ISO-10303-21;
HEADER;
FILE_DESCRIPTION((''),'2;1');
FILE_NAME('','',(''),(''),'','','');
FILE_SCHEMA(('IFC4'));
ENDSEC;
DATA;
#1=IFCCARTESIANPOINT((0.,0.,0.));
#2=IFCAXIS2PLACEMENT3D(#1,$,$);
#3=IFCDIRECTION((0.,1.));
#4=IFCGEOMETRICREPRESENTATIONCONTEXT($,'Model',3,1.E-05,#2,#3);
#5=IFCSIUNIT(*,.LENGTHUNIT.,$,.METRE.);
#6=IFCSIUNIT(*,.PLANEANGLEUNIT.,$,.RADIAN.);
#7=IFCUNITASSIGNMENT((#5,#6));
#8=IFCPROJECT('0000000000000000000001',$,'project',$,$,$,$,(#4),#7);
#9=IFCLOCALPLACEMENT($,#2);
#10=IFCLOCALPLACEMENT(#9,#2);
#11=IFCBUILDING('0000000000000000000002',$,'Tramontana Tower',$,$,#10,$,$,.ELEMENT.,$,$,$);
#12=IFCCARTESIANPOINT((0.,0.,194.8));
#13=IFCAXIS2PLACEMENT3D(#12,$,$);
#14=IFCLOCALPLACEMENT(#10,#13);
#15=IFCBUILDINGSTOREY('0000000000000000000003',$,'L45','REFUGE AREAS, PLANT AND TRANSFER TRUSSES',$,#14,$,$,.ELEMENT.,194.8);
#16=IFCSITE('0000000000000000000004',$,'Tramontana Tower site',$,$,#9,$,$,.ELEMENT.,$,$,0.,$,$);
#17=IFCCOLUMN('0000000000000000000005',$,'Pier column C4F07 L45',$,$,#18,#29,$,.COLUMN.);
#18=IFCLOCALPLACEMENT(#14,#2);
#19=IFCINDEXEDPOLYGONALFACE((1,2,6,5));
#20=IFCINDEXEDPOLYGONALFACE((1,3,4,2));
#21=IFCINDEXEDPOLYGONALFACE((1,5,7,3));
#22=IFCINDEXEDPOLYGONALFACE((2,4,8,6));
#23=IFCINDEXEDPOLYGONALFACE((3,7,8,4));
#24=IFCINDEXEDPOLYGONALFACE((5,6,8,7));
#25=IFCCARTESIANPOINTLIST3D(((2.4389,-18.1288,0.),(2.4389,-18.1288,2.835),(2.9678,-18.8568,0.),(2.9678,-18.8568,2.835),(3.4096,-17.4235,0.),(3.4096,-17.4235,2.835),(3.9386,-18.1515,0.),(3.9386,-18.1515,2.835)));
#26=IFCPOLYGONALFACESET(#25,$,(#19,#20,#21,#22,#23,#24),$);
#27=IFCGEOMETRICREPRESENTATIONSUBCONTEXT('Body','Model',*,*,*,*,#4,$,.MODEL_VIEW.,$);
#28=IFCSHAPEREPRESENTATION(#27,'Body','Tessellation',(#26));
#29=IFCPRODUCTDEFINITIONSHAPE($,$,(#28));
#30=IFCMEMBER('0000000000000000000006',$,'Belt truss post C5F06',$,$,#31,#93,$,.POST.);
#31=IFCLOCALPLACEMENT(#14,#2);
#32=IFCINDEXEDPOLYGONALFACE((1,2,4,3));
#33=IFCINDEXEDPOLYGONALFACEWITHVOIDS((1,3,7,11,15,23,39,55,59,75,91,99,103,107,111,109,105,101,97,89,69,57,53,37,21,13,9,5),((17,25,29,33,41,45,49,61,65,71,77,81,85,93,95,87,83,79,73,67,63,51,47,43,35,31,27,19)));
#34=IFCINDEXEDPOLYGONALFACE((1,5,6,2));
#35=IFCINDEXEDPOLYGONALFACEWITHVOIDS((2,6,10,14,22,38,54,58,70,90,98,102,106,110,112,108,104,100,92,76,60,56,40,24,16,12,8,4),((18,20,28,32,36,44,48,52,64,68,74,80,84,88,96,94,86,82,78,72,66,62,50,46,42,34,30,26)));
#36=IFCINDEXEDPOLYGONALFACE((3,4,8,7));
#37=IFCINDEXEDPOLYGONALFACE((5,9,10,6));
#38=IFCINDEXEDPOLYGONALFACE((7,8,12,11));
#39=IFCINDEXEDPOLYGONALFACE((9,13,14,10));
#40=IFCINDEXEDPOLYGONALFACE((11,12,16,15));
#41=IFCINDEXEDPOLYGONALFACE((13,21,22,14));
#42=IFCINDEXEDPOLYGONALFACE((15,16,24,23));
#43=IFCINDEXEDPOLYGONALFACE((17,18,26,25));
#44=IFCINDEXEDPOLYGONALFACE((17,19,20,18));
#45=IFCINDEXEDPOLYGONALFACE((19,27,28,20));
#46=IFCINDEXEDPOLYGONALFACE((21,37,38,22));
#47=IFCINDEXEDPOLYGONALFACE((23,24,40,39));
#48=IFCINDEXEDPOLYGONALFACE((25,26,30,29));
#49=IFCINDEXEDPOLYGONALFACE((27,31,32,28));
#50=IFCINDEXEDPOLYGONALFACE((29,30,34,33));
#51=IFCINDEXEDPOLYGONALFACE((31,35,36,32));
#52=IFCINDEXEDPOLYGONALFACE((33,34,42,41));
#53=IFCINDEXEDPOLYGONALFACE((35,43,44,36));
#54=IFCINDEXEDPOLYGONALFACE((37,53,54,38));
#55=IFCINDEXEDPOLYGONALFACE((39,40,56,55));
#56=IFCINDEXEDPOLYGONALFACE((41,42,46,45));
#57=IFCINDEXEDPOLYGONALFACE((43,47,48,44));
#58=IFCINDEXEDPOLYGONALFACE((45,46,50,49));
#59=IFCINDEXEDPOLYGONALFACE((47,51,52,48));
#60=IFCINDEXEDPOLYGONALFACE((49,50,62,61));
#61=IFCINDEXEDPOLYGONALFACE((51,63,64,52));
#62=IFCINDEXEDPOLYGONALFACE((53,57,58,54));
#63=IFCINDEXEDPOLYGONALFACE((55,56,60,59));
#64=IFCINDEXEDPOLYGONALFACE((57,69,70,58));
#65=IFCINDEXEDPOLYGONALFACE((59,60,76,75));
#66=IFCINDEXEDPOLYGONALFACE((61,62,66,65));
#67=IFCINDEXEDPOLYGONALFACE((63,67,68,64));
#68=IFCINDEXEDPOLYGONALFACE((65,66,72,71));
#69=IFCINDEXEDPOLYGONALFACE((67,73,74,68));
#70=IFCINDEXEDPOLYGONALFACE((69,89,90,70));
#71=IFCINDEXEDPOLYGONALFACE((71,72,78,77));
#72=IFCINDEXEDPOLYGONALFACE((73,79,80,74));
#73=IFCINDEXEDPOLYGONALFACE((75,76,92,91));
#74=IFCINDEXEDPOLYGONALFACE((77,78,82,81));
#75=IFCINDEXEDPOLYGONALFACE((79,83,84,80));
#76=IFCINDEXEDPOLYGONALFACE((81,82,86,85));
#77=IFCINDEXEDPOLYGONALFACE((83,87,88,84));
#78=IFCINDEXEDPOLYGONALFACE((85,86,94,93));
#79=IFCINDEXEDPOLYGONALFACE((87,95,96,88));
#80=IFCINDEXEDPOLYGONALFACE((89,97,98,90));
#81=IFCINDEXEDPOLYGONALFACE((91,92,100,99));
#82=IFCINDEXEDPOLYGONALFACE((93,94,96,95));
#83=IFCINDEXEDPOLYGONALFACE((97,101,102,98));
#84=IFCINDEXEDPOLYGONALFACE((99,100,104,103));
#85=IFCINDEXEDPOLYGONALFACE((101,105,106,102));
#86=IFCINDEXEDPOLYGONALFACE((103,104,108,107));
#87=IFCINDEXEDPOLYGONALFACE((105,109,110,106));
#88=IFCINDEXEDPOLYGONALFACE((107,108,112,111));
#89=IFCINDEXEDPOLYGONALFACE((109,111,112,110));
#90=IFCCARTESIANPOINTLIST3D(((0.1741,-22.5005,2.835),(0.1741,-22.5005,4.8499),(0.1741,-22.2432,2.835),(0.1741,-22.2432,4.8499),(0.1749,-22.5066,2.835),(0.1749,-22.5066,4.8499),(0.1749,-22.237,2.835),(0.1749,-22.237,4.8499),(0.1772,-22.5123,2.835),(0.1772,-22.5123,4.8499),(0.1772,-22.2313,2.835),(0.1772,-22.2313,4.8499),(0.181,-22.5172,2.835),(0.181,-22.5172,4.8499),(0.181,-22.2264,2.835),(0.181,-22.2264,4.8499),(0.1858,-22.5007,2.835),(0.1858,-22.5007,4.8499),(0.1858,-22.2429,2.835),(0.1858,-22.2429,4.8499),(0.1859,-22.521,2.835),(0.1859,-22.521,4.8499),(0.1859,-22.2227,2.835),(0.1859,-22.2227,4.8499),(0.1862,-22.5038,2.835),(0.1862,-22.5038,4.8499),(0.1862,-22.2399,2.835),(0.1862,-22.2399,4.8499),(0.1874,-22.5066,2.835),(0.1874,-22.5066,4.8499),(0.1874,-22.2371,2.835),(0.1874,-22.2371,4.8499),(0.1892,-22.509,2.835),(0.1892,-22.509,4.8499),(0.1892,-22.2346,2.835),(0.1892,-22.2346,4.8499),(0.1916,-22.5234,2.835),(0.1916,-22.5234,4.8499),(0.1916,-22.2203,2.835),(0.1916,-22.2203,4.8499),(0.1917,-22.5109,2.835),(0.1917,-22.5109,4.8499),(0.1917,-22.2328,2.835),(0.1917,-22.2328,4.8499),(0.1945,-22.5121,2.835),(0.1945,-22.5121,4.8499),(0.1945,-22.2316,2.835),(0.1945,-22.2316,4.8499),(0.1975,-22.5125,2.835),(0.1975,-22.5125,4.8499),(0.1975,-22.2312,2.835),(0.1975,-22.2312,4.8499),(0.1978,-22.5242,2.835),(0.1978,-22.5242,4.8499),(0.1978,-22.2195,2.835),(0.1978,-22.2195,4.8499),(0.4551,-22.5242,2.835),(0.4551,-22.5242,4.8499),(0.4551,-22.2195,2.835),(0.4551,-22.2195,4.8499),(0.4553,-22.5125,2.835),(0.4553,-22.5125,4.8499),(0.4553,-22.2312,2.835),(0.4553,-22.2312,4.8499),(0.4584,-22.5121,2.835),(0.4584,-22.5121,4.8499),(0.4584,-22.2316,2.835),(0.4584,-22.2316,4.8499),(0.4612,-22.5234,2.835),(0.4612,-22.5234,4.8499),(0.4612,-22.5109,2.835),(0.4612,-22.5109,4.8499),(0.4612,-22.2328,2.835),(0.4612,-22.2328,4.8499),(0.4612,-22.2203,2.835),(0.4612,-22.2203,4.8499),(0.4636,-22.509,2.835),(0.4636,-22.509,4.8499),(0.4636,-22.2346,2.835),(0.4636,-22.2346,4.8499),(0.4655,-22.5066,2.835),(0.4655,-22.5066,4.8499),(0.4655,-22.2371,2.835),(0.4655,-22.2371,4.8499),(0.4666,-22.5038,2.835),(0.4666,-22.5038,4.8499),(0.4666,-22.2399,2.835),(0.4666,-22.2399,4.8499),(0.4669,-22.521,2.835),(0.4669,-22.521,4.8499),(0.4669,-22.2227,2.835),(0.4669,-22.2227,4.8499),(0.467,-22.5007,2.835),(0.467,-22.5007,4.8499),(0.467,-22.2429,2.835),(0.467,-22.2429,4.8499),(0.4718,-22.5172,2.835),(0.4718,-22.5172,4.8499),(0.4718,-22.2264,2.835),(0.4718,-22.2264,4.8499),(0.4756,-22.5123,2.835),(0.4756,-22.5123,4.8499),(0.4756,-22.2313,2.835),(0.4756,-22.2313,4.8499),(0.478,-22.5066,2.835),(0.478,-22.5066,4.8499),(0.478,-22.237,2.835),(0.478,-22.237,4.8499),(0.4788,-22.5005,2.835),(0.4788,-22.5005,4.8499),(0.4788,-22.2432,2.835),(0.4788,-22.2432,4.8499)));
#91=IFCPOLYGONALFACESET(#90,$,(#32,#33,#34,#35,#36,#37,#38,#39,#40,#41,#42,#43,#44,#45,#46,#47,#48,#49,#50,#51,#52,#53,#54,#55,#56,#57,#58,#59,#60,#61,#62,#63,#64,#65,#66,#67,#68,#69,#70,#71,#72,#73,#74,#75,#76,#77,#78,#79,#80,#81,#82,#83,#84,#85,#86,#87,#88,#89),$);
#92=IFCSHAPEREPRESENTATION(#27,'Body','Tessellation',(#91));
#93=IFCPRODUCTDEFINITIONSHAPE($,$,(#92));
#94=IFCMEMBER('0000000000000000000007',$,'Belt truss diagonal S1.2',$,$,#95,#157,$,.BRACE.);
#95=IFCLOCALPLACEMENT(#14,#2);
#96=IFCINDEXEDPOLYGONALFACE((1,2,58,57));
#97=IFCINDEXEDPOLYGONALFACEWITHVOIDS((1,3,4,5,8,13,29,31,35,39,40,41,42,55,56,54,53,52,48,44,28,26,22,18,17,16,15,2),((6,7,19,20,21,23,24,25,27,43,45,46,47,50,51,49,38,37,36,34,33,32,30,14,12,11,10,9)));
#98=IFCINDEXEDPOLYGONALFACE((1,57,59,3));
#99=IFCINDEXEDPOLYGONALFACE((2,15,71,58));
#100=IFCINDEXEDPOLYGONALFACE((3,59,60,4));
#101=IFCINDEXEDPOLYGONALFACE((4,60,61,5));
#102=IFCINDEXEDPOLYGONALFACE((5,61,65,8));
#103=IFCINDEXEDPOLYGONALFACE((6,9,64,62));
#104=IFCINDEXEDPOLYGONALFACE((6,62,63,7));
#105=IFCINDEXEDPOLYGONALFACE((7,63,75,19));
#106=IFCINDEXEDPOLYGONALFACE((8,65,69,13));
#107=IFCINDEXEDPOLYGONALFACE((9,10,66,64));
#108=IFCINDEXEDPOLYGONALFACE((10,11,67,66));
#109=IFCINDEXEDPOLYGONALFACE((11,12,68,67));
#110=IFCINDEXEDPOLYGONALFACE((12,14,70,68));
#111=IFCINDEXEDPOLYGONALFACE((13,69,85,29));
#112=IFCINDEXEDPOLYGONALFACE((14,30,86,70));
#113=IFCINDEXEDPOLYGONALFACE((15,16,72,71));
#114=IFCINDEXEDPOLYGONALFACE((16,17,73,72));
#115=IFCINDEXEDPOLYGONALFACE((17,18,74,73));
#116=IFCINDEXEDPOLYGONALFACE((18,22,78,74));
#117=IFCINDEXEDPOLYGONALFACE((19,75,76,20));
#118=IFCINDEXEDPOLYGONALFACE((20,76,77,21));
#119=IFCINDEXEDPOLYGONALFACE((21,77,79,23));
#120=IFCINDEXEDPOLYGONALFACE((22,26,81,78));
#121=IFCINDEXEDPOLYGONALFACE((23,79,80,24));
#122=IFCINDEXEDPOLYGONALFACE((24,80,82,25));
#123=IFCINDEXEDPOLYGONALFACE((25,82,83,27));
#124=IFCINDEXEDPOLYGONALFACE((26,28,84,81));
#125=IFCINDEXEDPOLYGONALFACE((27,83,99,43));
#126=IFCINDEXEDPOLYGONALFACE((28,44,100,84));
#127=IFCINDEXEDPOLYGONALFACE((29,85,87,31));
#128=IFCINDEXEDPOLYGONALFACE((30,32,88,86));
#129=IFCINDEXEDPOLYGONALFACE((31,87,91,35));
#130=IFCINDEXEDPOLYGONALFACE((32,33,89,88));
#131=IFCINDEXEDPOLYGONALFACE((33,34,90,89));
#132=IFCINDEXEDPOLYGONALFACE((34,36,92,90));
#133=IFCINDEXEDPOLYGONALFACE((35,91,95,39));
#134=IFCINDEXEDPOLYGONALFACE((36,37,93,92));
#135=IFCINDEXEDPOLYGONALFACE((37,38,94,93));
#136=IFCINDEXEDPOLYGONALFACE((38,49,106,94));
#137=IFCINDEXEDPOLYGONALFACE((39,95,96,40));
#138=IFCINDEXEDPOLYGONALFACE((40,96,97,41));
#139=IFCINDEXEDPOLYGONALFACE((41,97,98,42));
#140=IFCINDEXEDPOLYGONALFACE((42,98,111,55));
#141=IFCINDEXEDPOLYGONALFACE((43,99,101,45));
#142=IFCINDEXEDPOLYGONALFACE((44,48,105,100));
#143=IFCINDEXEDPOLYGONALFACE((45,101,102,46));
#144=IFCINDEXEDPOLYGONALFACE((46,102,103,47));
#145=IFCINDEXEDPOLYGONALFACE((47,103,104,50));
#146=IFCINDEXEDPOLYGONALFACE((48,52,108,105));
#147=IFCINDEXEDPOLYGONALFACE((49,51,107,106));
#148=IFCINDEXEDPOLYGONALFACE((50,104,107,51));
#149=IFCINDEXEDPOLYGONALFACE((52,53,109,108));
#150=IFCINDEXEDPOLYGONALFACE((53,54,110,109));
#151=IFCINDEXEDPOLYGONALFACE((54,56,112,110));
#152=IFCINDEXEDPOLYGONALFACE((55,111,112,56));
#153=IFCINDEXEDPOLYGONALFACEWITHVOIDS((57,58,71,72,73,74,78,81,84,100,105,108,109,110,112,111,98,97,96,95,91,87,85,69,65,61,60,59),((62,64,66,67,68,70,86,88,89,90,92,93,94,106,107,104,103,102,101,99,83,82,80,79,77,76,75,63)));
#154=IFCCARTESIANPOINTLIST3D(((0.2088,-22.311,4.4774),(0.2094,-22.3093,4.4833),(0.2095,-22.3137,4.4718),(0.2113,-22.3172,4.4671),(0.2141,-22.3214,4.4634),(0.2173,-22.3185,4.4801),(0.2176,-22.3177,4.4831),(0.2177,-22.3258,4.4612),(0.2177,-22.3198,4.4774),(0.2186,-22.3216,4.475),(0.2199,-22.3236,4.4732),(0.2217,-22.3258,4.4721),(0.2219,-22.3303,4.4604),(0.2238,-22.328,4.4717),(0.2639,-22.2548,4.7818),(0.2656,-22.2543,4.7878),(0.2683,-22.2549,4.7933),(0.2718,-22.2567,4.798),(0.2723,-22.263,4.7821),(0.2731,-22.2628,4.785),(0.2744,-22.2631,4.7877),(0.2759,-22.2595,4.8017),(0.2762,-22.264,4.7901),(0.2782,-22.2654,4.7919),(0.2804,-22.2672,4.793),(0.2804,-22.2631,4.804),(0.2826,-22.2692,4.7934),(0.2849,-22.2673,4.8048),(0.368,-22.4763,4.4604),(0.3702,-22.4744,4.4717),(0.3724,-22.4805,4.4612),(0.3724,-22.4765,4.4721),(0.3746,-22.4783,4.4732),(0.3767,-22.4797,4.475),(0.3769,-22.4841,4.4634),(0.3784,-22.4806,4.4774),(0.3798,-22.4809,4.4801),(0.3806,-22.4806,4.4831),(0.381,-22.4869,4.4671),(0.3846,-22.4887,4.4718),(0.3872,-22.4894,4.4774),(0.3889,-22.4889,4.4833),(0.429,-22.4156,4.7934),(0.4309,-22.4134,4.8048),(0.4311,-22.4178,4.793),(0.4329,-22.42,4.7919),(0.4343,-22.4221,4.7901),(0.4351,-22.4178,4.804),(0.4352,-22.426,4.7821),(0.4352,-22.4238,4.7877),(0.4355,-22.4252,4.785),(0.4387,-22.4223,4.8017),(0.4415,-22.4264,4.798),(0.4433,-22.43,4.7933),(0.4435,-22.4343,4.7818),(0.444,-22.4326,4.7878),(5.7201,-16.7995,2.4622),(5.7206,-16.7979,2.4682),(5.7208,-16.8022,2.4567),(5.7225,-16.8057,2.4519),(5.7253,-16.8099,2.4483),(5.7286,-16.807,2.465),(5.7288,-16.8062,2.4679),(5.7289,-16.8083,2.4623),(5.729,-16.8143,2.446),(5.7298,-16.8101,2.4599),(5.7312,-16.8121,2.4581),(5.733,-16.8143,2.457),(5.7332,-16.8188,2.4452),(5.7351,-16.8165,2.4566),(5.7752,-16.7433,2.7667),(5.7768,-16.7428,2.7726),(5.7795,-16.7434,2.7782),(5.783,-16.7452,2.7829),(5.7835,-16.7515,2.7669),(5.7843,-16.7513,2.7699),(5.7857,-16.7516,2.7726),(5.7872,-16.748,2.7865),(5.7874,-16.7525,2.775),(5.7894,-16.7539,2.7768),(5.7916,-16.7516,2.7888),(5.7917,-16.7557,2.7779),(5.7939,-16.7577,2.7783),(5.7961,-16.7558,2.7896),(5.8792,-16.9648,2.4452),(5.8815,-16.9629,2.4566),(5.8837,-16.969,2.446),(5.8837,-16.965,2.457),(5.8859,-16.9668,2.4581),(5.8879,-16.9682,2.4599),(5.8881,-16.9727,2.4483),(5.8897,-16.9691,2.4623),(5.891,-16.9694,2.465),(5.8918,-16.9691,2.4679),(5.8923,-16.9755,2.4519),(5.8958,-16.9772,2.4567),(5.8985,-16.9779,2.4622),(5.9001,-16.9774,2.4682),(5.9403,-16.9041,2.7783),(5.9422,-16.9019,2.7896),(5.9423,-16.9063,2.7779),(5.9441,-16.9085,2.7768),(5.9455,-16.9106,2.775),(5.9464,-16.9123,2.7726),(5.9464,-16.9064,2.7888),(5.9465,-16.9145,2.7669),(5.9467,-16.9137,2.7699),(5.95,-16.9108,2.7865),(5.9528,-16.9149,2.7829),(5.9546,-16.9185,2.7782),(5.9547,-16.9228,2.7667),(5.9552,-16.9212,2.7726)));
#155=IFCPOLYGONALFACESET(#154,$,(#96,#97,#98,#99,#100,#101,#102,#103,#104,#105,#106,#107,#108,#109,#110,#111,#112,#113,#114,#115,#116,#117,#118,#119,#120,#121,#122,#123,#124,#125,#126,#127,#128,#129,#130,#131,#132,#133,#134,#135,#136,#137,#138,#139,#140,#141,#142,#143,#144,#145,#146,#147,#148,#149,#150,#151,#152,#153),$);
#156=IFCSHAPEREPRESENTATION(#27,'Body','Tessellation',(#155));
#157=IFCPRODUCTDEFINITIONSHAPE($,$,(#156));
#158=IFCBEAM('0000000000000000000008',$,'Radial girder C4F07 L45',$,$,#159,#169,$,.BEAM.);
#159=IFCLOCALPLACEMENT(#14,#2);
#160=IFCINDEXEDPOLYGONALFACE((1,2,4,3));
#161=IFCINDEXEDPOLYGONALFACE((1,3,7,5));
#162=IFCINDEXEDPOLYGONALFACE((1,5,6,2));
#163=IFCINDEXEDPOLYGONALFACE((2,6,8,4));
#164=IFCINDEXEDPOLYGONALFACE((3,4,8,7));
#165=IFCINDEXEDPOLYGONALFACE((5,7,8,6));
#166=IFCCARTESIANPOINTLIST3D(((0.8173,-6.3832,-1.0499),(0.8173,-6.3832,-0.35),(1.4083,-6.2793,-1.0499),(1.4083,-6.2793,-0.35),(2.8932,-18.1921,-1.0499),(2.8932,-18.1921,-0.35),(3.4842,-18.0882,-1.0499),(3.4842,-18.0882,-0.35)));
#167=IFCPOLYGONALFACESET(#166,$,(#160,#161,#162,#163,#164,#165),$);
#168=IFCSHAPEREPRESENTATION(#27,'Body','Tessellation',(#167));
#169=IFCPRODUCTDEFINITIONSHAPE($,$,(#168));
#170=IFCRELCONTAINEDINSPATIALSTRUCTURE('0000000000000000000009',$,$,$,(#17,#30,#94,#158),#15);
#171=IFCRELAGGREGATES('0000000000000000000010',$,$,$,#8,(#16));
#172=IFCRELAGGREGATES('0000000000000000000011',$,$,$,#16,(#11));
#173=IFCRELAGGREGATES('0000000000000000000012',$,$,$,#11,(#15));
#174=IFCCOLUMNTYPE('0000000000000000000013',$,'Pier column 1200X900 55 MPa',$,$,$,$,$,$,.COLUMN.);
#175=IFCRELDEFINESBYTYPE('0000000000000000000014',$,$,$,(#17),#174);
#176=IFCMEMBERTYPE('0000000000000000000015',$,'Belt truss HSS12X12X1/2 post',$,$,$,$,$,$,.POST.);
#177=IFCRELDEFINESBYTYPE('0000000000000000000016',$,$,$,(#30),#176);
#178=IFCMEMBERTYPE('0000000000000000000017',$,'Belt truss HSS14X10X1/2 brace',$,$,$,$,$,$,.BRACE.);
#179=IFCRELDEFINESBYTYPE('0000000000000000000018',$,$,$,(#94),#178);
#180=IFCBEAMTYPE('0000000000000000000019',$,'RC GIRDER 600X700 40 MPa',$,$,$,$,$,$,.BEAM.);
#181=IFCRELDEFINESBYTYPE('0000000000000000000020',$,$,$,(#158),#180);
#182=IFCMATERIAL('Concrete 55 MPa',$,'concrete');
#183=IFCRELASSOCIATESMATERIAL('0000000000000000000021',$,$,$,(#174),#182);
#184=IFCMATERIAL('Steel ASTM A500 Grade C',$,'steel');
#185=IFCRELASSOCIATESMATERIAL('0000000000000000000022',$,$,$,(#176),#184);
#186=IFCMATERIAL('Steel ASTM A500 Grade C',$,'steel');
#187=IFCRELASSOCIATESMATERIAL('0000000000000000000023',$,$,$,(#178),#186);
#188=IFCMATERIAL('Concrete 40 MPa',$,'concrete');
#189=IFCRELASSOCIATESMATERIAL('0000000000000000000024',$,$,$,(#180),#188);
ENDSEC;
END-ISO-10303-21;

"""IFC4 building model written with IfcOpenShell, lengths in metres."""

from ifc_helpers import new_model, si_unit, direction, frame, origin, origin_2d, place, context, subcontext, project, spatial, rectangle, hollow_rectangle, extrude, material, material_profile, profile_set, type_object, element, save


model = new_model("IFC4")

# Units and contexts
model_context = context("Model", 3, precision=1e-05, world=origin(), true_north=direction((0.0, 1.0)))
body_context = subcontext(model_context, "Body", "Model", "MODEL_VIEW")
ifc_project = project(units=[si_unit("LENGTHUNIT", "METRE"), si_unit("PLANEANGLEUNIT", "RADIAN")], contexts=[model_context])

# Site, building, storey
site_placement = place(None, origin())
site = spatial("IfcSite", under=ifc_project, at=site_placement, Name="Tramontana Tower site", CompositionType="ELEMENT", RefElevation=0.0)
building_placement = place(site_placement, origin())
building = spatial("IfcBuilding", under=site, at=building_placement, Name="Tramontana Tower", CompositionType="ELEMENT")
storey_placement = place(building_placement, frame((0.0, 0.0, 194.8)))
storey = spatial("IfcBuildingStorey", under=building, at=storey_placement, Name="L45", Description="REFUGE AREAS, PLANT AND TRANSFER TRUSSES", CompositionType="ELEMENT", Elevation=194.8)

# Column
ifc_material_1 = material(Name="Concrete 55 MPa", Category="concrete")
ifc_material_profile_1 = material_profile(ifc_material_1, rectangle(XDim=1.2, YDim=0.8999, at=origin_2d()), Name="Pier column 1200X900 55 MPa")
ifc_profile_set_1 = profile_set([ifc_material_profile_1], Name="Concrete 55 MPa")
column_type = type_object("IfcColumnType", Name="Pier column 1200X900 55 MPa", PredefinedType="COLUMN", material=ifc_profile_set_1)
column_placement = place(storey_placement, frame((3.1887, -18.1401, 0.0), z_axis=(0.0, 0.0, 1.0), x_axis=(0.809017, 0.587785, 0.0)))
element("IfcColumn", 1, at=column_placement, inside=storey, type_object=column_type, Name="Pier column C4F07 L45", PredefinedType="COLUMN", context=body_context, shape_type="SweptSolid", body=[
    extrude(rectangle(XDim=1.2, YDim=0.8999, at=origin_2d()), origin(), (0.0, 0.0, 1.0), 2.835),
])

# Members
ifc_material_2 = material(Name="Steel ASTM A500 Grade C", Category="steel")
ifc_material_profile_2 = material_profile(ifc_material_2, hollow_rectangle(XDim=0.3047, YDim=0.3047, WallThickness=0.0117, InnerFilletRadius=0.0117, OuterFilletRadius=0.0237, at=origin_2d()), Name="HSS12X12X1/2")
ifc_profile_set_2 = profile_set([ifc_material_profile_2], Name="Steel ASTM A500 Grade C")
member_type_1 = type_object("IfcMemberType", Name="Belt truss HSS12X12X1/2 post", PredefinedType="POST", material=ifc_profile_set_2)
member_1_placement = place(storey_placement, frame((0.3264, -22.3718, 2.835), z_axis=(0.0, 0.0, 1.0), x_axis=(1.0, 0.0, 0.0)))
element("IfcMember", 2, at=member_1_placement, inside=storey, type_object=member_type_1, Name="Belt truss post C5F06", PredefinedType="POST", context=body_context, shape_type="SweptSolid", body=[
    extrude(hollow_rectangle(XDim=0.3047, YDim=0.3047, WallThickness=0.0117, InnerFilletRadius=0.0117, OuterFilletRadius=0.0237, at=origin_2d()), origin(), (0.0, 0.0, 1.0), 2.0149),
])
ifc_material_3 = material(Name="Steel ASTM A500 Grade C", Category="steel")
ifc_material_profile_3 = material_profile(ifc_material_3, hollow_rectangle(XDim=0.2539, YDim=0.3557, WallThickness=0.0117, InnerFilletRadius=0.0117, OuterFilletRadius=0.0237, at=origin_2d()), Name="HSS14X10X1/2")
ifc_profile_set_3 = profile_set([ifc_material_profile_3], Name="Steel ASTM A500 Grade C")
member_type_2 = type_object("IfcMemberType", Name="Belt truss HSS14X10X1/2 brace", PredefinedType="BRACE", material=ifc_profile_set_3)
member_2_placement = place(storey_placement, frame((0.3264, -22.3718, 4.6326), z_axis=(0.684581, 0.684611, -0.250312), x_axis=(-0.707122, 0.707091, 0.0)))
element("IfcMember", 3, at=member_2_placement, inside=storey, type_object=member_type_2, Name="Belt truss diagonal S1.2", PredefinedType="BRACE", context=body_context, shape_type="SweptSolid", body=[
    extrude(hollow_rectangle(XDim=0.2539, YDim=0.3557, WallThickness=0.0117, InnerFilletRadius=0.0117, OuterFilletRadius=0.0237, at=origin_2d()), origin(), (0.0, 0.0, 1.0), 8.0505),
])

# Beam
ifc_material_4 = material(Name="Concrete 40 MPa", Category="concrete")
ifc_material_profile_4 = material_profile(ifc_material_4, rectangle(XDim=0.6001, YDim=0.7, at=origin_2d()), Name="RC GIRDER 600X700 40 MPa")
ifc_profile_set_4 = profile_set([ifc_material_profile_4], Name="Concrete 40 MPa")
beam_type = type_object("IfcBeamType", Name="RC GIRDER 600X700 40 MPa", PredefinedType="BEAM", material=ifc_profile_set_4)
beam_placement = place(storey_placement, frame((3.1887, -18.1401, -0.7), z_axis=(-0.173139, 0.984897, 0.0), x_axis=(-0.984897, -0.173139, 0.0)))
element("IfcBeam", 4, at=beam_placement, inside=storey, type_object=beam_type, Name="Radial girder C4F07 L45", PredefinedType="BEAM", context=body_context, shape_type="SweptSolid", body=[
    extrude(rectangle(XDim=0.6001, YDim=0.7, at=origin_2d()), origin(), (0.0, 0.0, 1.0), 11.99),
])

save(model, "model.ifc")
